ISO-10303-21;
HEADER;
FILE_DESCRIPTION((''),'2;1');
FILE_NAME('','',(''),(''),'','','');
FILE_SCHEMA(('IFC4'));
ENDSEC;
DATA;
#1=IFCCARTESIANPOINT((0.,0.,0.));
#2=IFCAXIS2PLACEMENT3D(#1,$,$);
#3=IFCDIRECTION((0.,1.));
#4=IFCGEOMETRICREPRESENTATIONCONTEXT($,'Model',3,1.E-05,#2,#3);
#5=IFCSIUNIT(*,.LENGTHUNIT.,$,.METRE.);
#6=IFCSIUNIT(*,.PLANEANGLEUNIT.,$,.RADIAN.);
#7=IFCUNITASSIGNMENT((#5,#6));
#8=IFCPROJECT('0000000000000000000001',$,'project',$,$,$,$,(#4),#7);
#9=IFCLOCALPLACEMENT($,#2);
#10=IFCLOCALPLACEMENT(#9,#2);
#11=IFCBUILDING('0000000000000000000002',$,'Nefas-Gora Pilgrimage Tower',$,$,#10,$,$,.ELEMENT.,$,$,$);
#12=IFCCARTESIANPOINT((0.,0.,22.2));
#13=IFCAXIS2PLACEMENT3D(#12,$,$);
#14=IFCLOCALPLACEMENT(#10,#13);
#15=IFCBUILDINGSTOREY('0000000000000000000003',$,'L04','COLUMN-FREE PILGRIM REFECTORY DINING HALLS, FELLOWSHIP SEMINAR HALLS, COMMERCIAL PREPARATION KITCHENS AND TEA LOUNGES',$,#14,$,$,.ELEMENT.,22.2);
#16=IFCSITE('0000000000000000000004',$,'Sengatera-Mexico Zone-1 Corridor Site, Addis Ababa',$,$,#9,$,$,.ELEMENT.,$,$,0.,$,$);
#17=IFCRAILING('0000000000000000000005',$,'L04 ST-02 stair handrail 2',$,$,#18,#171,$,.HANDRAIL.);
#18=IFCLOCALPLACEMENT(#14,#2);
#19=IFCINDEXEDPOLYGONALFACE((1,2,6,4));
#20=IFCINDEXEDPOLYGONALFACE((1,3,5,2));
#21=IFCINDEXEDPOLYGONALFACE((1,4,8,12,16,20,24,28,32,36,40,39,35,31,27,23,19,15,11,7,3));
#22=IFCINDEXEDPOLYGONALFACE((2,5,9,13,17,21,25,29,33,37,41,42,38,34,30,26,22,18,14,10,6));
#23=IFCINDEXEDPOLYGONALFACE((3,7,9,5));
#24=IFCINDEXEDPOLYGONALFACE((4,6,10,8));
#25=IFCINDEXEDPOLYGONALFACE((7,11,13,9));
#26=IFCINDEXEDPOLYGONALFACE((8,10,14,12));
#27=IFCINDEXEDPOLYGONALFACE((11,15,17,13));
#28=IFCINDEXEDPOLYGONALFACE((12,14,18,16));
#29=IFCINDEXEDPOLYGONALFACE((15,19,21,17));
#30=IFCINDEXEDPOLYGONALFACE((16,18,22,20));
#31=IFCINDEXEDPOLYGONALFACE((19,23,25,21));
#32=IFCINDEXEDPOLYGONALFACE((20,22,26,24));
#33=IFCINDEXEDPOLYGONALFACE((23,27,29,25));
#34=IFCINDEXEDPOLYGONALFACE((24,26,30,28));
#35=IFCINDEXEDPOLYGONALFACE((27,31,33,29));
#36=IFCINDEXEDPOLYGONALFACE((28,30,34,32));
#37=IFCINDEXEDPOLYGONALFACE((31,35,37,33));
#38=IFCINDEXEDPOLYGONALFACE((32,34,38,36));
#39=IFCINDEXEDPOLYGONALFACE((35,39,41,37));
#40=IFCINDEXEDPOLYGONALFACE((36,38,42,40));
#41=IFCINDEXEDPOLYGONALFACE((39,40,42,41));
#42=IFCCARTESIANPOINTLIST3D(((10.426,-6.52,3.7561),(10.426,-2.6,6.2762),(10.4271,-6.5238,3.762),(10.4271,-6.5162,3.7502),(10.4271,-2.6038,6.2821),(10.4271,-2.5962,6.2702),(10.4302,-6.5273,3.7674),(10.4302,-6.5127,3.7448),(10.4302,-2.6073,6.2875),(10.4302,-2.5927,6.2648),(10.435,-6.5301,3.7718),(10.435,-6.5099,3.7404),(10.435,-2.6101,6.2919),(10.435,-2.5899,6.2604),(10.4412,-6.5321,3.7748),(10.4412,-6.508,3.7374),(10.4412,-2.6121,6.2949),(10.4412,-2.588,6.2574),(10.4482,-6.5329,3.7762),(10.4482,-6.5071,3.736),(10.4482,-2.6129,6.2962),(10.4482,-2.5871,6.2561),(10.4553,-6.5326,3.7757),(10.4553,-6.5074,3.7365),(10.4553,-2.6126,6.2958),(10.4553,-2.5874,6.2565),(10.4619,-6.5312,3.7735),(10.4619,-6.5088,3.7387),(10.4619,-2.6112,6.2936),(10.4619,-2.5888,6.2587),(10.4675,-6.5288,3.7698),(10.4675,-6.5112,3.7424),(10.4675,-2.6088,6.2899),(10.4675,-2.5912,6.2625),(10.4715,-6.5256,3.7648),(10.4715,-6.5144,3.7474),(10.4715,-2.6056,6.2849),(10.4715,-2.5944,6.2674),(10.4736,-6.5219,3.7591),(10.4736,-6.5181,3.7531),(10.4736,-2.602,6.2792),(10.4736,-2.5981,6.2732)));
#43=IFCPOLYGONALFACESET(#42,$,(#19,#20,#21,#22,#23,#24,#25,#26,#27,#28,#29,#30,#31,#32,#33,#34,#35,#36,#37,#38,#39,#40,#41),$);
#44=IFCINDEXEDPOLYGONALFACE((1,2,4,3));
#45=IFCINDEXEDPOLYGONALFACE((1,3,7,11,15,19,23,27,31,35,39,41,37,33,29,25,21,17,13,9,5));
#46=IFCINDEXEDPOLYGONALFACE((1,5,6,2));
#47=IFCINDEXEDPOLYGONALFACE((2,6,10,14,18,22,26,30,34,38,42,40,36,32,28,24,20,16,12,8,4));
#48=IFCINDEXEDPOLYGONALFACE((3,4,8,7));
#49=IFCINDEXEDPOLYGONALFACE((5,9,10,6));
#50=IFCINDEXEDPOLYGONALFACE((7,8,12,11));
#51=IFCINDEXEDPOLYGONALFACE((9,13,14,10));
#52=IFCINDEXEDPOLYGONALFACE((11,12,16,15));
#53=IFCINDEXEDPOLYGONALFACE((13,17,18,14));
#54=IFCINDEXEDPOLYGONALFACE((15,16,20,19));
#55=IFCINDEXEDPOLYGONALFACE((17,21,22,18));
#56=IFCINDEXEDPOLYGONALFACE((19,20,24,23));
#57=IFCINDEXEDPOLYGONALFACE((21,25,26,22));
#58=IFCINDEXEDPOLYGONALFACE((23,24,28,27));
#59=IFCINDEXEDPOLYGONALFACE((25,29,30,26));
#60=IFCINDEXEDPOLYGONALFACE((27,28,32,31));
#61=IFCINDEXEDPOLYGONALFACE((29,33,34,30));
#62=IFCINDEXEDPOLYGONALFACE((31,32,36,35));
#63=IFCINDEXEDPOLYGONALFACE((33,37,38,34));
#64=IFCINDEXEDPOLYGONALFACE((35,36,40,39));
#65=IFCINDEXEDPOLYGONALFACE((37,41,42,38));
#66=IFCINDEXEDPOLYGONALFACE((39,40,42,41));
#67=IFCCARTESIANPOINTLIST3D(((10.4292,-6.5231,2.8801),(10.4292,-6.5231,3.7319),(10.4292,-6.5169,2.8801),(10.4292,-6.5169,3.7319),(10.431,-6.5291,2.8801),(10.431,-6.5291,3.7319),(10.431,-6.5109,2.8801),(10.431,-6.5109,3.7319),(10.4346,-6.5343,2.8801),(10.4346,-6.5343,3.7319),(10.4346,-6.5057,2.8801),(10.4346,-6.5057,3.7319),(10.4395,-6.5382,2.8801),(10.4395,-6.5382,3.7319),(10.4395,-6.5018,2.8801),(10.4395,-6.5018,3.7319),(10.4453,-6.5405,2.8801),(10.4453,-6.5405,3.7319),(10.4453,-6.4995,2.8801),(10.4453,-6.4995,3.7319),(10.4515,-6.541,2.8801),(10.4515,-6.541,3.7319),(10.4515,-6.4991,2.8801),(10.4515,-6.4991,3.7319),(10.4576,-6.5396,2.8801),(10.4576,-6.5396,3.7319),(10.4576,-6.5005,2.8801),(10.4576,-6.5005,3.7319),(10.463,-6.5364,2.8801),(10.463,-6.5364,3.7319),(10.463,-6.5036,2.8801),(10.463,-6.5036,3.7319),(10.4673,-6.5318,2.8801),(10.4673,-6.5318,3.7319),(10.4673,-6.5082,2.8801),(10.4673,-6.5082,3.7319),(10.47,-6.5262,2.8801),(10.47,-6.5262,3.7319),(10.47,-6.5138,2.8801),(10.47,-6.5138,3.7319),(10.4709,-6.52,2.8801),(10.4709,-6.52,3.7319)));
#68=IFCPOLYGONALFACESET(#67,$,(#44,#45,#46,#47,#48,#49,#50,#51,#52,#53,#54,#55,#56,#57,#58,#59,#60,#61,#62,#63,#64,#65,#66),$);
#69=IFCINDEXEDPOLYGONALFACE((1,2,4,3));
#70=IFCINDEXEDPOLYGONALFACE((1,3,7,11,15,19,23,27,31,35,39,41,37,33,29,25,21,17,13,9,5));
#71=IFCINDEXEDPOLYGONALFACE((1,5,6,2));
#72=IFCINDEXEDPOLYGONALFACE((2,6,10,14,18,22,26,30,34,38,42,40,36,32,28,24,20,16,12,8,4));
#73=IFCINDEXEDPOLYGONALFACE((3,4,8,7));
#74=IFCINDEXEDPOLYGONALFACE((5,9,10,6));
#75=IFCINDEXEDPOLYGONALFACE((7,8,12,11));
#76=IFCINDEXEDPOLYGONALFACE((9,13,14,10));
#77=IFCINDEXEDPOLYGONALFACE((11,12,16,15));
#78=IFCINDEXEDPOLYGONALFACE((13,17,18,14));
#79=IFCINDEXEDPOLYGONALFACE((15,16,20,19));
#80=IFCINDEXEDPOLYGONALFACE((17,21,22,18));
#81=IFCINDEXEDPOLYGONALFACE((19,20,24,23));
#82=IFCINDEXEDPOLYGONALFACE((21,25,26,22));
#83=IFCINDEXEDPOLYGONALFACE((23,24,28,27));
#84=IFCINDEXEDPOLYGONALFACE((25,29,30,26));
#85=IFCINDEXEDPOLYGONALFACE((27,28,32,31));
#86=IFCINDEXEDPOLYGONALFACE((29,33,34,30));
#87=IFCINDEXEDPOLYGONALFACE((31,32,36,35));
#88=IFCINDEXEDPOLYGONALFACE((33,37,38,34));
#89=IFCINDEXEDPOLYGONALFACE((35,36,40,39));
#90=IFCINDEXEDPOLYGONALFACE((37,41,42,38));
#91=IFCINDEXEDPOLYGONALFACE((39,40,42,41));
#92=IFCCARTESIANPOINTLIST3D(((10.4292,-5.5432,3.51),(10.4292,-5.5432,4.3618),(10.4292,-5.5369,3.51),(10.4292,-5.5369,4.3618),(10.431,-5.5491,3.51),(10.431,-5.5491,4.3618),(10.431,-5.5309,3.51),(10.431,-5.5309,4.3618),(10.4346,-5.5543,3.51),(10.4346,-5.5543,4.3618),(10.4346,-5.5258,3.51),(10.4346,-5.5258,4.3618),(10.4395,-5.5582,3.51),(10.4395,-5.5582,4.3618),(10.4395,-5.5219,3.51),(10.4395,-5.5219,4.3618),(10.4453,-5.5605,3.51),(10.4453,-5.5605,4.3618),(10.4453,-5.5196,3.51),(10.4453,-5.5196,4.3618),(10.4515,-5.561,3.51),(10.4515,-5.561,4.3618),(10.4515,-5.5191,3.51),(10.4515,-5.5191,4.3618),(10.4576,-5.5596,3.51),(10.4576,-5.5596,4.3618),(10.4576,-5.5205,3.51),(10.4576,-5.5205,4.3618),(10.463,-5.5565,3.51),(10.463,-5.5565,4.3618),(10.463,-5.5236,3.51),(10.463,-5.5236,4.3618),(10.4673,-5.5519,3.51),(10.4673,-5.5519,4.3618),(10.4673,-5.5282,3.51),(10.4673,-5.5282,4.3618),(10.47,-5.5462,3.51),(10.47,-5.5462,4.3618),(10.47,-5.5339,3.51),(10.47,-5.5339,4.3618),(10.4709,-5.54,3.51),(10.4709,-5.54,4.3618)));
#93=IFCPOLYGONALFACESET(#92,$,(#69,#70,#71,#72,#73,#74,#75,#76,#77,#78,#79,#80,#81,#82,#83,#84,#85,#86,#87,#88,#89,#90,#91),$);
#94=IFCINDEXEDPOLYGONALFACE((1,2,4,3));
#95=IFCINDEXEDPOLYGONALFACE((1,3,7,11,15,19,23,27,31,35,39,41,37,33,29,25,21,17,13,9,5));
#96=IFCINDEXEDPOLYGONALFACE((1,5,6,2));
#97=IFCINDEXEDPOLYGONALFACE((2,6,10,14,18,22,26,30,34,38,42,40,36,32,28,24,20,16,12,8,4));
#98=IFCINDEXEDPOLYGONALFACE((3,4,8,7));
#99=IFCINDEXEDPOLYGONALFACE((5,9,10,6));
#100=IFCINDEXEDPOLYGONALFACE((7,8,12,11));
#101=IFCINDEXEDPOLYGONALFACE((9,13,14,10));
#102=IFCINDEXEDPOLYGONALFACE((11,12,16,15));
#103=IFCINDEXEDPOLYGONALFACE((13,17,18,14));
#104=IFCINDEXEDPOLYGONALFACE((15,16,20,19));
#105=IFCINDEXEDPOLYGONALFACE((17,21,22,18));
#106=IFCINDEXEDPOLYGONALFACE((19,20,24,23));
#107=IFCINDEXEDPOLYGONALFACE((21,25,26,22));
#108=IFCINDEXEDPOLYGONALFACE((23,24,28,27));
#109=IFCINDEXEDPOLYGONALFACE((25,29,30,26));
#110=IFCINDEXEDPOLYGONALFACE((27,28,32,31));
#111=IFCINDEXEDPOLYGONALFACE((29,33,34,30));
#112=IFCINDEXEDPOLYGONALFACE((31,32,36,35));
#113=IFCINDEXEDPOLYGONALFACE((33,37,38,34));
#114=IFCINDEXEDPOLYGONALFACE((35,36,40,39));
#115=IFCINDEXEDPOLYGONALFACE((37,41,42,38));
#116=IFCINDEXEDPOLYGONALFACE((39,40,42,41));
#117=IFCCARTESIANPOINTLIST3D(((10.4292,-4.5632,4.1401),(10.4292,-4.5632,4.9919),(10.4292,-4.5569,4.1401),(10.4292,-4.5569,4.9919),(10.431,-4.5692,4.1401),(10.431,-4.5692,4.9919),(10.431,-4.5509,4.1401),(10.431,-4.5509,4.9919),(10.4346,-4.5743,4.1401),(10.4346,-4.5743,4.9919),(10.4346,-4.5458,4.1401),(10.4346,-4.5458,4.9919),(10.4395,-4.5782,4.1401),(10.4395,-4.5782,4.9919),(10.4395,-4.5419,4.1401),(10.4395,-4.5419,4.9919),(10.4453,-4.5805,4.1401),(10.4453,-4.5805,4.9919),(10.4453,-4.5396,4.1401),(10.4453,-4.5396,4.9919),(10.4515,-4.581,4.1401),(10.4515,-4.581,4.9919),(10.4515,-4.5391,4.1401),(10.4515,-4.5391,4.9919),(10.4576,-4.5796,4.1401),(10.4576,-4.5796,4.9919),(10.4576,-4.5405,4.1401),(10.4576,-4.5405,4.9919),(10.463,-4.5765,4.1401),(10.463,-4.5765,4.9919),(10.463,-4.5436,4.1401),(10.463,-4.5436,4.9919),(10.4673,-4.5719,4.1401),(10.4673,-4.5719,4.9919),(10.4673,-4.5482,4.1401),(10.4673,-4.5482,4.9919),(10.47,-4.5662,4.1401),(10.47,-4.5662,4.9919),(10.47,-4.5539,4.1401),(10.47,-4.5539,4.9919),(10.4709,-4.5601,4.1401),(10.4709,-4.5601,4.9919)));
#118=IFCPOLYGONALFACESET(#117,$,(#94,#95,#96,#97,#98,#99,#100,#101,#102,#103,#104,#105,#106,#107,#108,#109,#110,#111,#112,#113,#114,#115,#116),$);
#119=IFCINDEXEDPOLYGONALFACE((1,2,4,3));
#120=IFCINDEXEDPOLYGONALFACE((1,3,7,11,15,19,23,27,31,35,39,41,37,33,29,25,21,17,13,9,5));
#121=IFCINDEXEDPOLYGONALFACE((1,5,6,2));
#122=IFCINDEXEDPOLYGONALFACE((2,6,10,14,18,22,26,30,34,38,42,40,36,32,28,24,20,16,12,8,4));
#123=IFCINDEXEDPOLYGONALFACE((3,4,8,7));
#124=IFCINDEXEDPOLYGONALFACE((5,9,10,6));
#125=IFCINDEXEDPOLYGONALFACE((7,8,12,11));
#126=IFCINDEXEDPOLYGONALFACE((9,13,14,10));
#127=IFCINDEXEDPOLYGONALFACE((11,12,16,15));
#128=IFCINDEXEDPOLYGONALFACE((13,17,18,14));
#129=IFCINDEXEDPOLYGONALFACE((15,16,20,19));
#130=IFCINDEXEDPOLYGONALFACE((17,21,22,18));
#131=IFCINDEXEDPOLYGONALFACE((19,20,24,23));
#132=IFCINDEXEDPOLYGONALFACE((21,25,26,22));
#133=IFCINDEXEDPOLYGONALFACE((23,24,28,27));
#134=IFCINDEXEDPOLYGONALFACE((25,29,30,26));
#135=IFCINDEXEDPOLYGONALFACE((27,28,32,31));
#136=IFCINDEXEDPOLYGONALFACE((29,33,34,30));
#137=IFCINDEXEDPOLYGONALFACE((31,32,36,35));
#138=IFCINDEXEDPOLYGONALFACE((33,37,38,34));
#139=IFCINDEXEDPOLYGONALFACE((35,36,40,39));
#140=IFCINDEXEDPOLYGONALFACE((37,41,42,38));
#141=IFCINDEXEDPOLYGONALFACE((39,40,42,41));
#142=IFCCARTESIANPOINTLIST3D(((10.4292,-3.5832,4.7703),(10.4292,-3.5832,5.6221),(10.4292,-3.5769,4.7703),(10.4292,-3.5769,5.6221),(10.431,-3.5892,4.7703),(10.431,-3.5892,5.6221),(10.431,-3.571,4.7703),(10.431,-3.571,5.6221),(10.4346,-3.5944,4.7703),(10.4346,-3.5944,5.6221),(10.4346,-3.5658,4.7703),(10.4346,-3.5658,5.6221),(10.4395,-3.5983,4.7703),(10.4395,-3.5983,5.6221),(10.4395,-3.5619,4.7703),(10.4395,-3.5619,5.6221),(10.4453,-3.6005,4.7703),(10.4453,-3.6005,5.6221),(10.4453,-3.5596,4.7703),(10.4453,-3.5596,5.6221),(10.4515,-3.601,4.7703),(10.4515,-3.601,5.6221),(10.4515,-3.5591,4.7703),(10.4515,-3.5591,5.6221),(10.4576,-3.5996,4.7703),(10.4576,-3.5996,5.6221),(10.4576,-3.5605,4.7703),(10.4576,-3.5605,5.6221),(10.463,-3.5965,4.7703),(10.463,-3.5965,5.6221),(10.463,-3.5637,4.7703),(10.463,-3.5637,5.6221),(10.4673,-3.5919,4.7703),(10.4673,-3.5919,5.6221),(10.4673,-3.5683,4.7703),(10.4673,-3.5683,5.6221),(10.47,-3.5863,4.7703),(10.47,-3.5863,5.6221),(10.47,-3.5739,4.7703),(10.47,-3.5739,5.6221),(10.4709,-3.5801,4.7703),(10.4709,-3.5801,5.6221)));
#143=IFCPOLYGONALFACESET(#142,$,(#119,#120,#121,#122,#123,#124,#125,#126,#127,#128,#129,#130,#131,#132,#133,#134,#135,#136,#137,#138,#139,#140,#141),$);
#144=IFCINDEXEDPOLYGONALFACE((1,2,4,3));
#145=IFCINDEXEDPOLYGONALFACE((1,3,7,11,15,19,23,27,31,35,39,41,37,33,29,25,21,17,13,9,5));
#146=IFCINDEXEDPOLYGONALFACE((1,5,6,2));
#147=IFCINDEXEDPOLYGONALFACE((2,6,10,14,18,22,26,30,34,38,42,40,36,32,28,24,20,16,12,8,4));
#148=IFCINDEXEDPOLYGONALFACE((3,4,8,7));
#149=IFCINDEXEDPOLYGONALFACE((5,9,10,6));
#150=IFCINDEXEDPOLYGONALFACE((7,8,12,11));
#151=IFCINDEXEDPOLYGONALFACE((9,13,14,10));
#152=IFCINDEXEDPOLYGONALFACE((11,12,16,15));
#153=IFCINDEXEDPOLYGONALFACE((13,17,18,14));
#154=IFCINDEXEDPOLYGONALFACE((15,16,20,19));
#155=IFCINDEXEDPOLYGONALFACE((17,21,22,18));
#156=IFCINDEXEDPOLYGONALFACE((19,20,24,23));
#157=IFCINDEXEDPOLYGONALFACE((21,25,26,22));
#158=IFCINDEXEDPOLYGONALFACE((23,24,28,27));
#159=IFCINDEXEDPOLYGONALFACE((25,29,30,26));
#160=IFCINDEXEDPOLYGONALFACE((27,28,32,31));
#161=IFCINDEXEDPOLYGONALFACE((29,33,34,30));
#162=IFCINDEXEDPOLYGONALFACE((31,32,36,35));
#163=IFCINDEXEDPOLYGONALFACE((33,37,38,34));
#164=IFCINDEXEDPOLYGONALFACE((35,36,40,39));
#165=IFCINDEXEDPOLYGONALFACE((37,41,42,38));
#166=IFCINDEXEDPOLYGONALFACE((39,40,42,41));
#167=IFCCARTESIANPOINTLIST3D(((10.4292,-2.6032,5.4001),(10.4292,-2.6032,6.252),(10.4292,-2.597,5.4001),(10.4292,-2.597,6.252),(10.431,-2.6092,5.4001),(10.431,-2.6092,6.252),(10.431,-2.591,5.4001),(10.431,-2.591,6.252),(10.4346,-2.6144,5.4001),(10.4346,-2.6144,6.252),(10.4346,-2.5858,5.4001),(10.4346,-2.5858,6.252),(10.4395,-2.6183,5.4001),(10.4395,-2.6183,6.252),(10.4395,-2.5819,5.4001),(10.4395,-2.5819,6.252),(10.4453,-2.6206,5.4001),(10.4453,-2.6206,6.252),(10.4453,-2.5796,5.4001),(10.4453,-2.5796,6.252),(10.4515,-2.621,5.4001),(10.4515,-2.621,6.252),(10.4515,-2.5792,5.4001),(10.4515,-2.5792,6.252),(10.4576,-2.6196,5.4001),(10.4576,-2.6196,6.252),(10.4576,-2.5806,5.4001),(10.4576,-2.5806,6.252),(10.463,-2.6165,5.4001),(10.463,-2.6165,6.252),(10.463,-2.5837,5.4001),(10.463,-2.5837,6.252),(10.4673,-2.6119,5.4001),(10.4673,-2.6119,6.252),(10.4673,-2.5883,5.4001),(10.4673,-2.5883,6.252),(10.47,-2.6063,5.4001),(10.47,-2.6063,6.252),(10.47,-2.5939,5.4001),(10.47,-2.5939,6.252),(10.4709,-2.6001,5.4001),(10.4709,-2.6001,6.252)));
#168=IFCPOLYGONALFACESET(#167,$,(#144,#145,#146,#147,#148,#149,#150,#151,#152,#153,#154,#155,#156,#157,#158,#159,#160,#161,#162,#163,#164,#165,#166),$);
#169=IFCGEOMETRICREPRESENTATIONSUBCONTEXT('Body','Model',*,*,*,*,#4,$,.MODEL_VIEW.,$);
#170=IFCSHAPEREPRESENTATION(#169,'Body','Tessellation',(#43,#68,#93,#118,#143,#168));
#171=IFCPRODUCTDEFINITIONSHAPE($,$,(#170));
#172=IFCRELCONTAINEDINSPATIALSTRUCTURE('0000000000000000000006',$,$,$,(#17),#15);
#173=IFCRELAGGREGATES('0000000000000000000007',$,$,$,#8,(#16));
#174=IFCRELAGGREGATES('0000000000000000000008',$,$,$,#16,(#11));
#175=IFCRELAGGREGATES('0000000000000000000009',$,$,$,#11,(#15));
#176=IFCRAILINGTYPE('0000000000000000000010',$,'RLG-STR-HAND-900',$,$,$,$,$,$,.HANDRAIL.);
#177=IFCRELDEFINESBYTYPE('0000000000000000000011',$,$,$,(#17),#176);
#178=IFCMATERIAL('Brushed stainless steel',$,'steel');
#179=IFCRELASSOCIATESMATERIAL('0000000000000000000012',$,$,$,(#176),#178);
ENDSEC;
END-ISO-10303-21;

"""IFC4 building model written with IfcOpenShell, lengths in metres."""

from ifc_helpers import new_model, si_unit, direction, frame, origin, origin_2d, place, context, subcontext, project, spatial, circle, extrude, material, type_object, element, save


model = new_model("IFC4")

# Units and contexts
model_context = context("Model", 3, precision=1e-05, world=origin(), true_north=direction((0.0, 1.0)))
body_context = subcontext(model_context, "Body", "Model", "MODEL_VIEW")
ifc_project = project(units=[si_unit("LENGTHUNIT", "METRE"), si_unit("PLANEANGLEUNIT", "RADIAN")], contexts=[model_context])

# Site, building, storey
site_placement = place(None, origin())
site = spatial("IfcSite", under=ifc_project, at=site_placement, Name="Sengatera-Mexico Zone-1 Corridor Site, Addis Ababa", CompositionType="ELEMENT", RefElevation=0.0)
building_placement = place(site_placement, origin())
building = spatial("IfcBuilding", under=site, at=building_placement, Name="Nefas-Gora Pilgrimage Tower", CompositionType="ELEMENT")
storey_placement = place(building_placement, frame((0.0, 0.0, 22.2)))
storey = spatial("IfcBuildingStorey", under=building, at=storey_placement, Name="L04", Description="COLUMN-FREE PILGRIM REFECTORY DINING HALLS, FELLOWSHIP SEMINAR HALLS, COMMERCIAL PREPARATION KITCHENS AND TEA LOUNGES", CompositionType="ELEMENT", Elevation=22.2)

# Railing
ifc_material_1 = material(Name="Brushed stainless steel", Category="steel")
railing_type_1 = type_object("IfcRailingType", Name="RLG-STR-HAND-900", PredefinedType="HANDRAIL", material=ifc_material_1)
railing_1_placement = place(storey_placement, frame((10.45, -6.52, 2.8801)))
element("IfcRailing", 1, at=railing_1_placement, inside=storey, type_object=railing_type_1, Name="L04 ST-02 stair handrail 2", PredefinedType="HANDRAIL", context=body_context, shape_type="SweptSolid", body=[
    extrude(circle(Radius=0.0239, at=origin_2d()), frame((0.0, 0.0, 0.876), z_axis=(0.0, 0.841172, 0.540768), x_axis=(-1.0, 0.0, 0.0)), (0.0, 0.0, 1.0), 4.6602),
    extrude(circle(Radius=0.021, at=origin_2d()), origin(), (0.0, 0.0, 1.0), 0.8518),
    extrude(circle(Radius=0.021, at=origin_2d()), frame((0.0, 0.98, 0.6299)), (0.0, 0.0, 1.0), 0.8518),
    extrude(circle(Radius=0.021, at=origin_2d()), frame((0.0, 1.96, 1.26)), (0.0, 0.0, 1.0), 0.8518),
    extrude(circle(Radius=0.021, at=origin_2d()), frame((0.0, 2.9399, 1.8901)), (0.0, 0.0, 1.0), 0.8518),
    extrude(circle(Radius=0.021, at=origin_2d()), frame((0.0, 3.9199, 2.52)), (0.0, 0.0, 1.0), 0.8518),
])

save(model, "model.ifc")
